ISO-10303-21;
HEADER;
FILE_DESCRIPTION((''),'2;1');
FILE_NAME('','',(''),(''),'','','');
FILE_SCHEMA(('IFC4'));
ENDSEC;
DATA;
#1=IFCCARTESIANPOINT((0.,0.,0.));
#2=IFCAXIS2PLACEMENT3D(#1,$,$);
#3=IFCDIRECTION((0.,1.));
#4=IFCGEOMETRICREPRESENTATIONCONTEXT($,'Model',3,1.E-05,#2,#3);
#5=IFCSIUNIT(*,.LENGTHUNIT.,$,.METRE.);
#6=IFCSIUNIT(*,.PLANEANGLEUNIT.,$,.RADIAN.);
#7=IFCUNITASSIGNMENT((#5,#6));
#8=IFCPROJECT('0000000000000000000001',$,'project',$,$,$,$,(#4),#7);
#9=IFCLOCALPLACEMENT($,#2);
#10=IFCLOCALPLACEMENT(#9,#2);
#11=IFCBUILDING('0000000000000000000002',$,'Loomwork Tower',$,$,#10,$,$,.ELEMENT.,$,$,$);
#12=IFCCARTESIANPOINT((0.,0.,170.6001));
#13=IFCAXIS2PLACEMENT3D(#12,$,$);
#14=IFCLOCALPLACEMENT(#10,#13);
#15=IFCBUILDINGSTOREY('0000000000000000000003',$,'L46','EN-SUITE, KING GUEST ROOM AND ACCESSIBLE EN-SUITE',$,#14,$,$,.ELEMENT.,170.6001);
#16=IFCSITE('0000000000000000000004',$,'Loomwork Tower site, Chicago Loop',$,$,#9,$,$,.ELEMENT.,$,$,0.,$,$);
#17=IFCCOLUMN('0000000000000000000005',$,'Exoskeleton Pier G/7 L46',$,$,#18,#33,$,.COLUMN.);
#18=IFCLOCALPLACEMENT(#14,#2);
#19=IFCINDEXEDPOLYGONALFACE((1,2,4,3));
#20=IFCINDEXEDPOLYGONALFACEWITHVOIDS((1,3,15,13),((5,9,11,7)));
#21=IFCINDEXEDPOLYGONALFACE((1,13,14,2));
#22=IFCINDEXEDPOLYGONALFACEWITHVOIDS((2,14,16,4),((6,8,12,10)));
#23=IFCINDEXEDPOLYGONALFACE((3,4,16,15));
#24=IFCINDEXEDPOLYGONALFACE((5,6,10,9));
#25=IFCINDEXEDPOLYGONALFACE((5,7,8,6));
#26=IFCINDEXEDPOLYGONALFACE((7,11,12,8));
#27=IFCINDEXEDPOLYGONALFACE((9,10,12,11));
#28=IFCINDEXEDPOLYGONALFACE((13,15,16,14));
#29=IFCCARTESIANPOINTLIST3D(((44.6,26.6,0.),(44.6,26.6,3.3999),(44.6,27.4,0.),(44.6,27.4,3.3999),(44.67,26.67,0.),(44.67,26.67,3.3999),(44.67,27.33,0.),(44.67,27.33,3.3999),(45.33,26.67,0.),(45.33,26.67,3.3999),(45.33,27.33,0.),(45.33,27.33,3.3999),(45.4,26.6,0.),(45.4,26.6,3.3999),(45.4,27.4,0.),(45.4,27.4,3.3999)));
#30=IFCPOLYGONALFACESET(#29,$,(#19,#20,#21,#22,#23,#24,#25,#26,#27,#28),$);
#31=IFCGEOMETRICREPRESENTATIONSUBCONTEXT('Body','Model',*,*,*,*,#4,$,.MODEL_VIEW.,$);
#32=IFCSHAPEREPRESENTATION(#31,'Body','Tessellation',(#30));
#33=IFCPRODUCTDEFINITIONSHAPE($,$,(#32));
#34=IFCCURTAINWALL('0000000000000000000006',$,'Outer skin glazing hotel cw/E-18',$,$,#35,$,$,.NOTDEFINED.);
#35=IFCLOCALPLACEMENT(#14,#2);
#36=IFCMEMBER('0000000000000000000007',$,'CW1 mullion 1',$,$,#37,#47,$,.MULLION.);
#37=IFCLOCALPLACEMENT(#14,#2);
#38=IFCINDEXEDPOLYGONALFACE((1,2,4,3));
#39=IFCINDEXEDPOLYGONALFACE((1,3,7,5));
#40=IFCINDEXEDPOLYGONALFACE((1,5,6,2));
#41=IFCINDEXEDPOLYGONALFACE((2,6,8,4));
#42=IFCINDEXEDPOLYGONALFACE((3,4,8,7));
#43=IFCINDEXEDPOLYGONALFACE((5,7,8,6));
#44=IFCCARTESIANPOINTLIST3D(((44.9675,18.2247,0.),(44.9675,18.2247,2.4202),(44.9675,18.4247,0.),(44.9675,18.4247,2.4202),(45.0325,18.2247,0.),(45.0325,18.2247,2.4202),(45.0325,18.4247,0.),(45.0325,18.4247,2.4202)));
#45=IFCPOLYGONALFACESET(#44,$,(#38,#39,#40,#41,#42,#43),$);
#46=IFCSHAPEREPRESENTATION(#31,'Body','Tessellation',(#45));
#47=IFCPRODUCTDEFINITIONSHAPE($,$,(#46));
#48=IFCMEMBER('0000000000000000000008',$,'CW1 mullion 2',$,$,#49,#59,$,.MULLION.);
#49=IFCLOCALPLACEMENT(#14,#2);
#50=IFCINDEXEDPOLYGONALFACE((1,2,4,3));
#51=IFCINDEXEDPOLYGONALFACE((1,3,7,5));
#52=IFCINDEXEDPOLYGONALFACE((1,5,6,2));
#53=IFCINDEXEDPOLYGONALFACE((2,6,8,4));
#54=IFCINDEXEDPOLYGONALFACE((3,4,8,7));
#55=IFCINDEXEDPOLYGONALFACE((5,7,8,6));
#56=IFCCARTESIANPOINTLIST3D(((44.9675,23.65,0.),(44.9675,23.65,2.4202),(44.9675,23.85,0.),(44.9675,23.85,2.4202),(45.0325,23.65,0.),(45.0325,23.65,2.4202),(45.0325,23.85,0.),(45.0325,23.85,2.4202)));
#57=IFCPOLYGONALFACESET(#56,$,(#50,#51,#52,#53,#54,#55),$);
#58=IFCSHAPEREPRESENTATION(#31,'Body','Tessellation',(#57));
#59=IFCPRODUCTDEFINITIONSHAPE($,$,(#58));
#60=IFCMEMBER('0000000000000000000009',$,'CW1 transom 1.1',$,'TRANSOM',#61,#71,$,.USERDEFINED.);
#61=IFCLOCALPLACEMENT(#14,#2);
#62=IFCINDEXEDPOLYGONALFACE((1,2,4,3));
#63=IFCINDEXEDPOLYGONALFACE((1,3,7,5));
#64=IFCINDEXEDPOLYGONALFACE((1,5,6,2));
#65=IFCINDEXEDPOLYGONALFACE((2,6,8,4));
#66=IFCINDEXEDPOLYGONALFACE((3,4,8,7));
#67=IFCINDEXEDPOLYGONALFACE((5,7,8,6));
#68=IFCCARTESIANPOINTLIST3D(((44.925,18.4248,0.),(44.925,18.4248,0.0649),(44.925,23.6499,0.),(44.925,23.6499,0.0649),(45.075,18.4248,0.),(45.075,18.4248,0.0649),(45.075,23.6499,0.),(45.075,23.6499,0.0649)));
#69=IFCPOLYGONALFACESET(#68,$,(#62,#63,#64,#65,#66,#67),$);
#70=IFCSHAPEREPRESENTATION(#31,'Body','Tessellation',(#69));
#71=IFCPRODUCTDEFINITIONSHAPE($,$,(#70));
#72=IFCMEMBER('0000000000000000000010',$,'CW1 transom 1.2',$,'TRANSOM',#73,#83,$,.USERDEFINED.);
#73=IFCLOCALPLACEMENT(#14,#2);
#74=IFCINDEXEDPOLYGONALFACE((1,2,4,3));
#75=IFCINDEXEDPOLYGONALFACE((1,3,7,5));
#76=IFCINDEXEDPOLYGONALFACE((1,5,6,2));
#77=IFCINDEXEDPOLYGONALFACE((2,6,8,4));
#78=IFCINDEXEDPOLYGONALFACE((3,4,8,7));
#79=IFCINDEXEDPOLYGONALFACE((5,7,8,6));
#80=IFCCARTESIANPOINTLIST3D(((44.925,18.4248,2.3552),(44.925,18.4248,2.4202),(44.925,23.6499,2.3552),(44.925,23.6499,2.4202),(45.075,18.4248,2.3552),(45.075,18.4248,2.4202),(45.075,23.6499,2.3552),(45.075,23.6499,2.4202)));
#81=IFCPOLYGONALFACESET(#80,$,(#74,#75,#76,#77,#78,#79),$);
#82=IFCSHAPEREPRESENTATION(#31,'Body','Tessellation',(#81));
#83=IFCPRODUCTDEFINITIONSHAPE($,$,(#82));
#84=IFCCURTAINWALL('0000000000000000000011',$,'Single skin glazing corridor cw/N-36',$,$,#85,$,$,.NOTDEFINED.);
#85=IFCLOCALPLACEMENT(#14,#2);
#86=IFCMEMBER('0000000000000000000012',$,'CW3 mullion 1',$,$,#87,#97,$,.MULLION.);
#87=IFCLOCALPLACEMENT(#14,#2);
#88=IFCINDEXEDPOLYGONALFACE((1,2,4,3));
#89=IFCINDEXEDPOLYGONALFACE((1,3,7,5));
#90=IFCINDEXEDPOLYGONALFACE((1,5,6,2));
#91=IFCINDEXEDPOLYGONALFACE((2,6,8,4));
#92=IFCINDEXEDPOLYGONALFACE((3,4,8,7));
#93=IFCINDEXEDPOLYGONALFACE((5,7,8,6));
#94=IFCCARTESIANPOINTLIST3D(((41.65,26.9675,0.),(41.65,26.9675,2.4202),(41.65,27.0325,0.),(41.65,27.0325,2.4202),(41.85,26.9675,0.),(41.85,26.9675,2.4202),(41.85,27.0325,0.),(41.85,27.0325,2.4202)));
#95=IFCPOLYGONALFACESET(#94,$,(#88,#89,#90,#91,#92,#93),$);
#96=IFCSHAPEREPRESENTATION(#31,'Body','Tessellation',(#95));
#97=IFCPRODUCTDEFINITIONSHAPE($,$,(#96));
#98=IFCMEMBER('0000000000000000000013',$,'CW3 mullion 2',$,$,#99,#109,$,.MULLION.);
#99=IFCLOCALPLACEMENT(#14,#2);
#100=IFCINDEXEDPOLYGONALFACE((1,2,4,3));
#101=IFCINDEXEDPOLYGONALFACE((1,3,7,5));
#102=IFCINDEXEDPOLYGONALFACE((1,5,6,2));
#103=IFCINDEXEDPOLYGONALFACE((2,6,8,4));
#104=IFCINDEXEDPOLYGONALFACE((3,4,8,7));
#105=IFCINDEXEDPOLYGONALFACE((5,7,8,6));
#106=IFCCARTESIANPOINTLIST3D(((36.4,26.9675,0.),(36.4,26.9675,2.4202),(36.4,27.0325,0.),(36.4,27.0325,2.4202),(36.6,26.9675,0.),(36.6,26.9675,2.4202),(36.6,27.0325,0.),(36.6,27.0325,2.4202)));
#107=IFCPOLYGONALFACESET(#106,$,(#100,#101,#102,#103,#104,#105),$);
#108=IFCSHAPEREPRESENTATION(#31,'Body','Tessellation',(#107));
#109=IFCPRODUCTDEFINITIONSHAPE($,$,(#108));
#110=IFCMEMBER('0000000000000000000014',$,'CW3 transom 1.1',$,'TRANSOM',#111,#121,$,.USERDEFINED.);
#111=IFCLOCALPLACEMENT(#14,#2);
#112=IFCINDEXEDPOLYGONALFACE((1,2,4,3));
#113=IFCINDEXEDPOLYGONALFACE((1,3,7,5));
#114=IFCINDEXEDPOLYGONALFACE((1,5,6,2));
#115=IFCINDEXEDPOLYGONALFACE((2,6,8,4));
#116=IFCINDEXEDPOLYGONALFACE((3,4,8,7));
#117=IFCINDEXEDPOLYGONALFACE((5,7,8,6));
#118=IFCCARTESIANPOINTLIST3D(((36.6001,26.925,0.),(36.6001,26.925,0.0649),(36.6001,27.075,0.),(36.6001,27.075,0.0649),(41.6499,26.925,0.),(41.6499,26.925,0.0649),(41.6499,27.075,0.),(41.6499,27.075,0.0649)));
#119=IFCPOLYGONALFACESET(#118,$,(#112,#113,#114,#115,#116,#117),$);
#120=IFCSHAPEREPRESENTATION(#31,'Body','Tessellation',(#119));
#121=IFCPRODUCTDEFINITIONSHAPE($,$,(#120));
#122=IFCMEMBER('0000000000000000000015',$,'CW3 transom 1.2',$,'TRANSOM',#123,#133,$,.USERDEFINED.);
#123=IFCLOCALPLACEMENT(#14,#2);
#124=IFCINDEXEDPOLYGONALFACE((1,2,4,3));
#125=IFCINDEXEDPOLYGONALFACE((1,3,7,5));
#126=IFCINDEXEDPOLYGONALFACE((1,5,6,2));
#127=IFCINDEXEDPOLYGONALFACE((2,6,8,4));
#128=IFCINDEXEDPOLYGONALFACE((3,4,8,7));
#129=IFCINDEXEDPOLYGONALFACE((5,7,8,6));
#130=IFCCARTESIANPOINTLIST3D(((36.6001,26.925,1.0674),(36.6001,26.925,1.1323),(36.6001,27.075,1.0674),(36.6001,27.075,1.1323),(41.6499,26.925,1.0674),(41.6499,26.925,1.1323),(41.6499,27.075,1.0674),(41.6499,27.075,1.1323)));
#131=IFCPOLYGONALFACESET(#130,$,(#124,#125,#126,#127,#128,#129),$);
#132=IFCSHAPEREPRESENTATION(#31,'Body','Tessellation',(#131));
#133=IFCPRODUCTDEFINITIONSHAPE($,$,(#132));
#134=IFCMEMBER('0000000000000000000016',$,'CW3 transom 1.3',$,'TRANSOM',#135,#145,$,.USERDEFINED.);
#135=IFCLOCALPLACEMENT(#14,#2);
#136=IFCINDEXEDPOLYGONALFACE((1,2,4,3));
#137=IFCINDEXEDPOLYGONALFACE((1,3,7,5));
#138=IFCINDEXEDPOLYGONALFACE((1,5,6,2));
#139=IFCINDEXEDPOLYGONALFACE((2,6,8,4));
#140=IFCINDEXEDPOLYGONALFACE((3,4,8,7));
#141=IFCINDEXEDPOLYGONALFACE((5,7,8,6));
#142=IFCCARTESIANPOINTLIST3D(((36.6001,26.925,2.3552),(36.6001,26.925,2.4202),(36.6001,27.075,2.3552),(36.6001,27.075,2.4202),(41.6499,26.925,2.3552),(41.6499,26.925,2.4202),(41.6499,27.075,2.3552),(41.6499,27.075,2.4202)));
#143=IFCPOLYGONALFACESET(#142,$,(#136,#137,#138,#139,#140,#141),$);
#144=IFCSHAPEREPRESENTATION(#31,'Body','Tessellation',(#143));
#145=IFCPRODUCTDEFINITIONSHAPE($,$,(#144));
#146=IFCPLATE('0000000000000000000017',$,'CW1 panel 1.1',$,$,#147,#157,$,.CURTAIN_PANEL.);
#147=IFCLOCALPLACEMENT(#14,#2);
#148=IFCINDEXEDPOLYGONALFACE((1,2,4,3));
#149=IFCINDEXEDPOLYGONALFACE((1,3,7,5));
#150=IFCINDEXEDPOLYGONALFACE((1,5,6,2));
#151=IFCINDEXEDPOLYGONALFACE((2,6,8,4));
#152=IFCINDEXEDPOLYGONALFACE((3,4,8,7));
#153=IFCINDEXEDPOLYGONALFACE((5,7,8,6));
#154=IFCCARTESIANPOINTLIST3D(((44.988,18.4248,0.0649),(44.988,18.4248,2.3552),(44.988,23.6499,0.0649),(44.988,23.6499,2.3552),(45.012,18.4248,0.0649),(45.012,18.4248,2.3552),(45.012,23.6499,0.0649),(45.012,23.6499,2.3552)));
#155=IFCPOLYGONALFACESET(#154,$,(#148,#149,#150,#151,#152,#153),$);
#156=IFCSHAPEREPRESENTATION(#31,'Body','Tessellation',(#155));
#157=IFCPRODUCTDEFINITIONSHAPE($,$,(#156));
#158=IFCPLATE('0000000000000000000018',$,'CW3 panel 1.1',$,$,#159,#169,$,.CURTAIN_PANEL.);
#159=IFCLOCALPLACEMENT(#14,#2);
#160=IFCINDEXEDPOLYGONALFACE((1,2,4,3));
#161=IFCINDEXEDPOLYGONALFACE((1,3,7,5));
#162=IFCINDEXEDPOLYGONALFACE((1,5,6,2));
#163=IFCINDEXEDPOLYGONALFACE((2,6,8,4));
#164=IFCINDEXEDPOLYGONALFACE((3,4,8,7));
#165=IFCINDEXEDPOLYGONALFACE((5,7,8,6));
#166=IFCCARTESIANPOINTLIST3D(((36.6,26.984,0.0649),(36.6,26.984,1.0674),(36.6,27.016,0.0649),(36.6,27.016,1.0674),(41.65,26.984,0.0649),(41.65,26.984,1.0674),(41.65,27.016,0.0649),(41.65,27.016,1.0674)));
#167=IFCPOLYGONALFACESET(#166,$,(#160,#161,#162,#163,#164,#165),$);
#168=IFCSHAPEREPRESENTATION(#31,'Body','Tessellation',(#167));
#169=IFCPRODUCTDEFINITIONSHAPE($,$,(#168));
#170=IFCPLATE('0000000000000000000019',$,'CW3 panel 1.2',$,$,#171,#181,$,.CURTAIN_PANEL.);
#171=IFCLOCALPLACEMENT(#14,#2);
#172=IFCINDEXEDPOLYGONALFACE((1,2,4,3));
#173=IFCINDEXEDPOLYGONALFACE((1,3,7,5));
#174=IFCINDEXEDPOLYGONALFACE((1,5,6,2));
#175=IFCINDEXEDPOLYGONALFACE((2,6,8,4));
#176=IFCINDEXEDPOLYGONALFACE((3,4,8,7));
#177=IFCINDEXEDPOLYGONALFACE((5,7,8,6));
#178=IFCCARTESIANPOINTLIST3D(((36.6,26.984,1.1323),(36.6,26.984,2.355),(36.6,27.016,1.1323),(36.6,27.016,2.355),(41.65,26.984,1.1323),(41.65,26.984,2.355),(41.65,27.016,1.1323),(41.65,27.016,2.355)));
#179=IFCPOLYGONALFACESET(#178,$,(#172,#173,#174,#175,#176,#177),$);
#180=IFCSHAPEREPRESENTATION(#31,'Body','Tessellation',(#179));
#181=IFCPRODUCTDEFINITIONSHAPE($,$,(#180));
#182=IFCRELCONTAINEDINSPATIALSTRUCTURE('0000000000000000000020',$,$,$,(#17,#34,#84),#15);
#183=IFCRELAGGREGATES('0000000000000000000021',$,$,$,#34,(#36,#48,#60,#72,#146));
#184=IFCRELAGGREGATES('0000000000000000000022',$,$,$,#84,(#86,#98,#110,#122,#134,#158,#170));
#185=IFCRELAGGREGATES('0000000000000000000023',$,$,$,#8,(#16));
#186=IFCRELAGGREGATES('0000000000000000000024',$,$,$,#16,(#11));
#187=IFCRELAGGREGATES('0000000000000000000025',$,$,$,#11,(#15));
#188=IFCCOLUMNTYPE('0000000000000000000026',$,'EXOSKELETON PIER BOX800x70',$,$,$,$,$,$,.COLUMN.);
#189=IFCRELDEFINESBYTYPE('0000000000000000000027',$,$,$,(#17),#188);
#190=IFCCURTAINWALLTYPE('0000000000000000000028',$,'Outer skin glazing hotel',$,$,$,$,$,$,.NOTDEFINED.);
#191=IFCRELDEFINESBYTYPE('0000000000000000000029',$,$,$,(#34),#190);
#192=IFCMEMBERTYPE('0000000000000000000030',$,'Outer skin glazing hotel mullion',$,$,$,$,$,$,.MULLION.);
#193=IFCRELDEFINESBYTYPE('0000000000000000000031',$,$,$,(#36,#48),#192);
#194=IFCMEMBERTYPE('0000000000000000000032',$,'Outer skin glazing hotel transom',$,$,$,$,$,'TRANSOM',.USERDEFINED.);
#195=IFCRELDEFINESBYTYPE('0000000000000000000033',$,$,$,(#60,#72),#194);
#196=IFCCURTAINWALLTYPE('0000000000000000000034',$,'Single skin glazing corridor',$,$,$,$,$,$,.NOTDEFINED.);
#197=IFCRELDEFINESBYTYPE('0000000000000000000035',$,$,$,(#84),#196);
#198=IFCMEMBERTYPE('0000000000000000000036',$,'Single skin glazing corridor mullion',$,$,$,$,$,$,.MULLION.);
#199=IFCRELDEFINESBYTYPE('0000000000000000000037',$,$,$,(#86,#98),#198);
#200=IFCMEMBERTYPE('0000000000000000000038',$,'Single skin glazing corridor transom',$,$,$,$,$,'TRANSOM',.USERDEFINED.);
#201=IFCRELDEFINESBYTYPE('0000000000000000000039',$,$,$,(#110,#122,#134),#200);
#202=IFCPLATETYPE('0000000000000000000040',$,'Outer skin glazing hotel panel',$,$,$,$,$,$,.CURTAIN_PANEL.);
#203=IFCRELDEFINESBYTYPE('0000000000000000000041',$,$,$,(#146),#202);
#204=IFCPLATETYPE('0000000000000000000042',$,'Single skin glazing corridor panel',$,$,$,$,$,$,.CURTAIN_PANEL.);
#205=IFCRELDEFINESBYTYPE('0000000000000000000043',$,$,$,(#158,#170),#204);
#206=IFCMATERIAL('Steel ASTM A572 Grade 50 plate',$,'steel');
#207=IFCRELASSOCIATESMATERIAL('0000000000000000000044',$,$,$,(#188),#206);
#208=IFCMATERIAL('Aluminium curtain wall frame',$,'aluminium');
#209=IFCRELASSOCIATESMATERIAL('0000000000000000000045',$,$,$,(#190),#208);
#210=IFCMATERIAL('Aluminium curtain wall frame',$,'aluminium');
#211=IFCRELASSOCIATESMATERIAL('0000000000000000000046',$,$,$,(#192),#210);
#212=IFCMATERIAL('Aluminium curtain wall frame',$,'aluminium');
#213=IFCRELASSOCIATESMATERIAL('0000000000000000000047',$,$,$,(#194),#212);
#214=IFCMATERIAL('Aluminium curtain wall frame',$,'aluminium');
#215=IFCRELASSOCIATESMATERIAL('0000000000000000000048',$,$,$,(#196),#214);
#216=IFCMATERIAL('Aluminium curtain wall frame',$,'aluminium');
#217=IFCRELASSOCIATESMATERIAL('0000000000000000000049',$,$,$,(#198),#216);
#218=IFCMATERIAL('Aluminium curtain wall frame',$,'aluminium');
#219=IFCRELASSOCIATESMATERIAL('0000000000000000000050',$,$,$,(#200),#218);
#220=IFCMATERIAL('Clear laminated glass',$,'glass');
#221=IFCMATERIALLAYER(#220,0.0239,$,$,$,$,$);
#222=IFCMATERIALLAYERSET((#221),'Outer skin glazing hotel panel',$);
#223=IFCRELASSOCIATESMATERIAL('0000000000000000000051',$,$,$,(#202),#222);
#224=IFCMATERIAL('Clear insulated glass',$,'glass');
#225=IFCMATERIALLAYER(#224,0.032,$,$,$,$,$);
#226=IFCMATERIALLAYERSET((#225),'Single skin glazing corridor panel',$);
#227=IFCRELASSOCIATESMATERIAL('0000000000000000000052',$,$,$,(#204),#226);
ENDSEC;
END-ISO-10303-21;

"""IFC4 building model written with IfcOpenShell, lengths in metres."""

from ifc_helpers import new_model, si_unit, direction, frame, origin, origin_2d, place, context, subcontext, project, spatial, rectangle, hollow_rectangle, extrude, material, layer, layer_set, material_profile, profile_set, type_object, element, aggregate, save


model = new_model("IFC4")

# Units and contexts
model_context = context("Model", 3, precision=1e-05, world=origin(), true_north=direction((0.0, 1.0)))
body_context = subcontext(model_context, "Body", "Model", "MODEL_VIEW")
ifc_project = project(units=[si_unit("LENGTHUNIT", "METRE"), si_unit("PLANEANGLEUNIT", "RADIAN")], contexts=[model_context])

# Site, building, storey
site_placement = place(None, origin())
site = spatial("IfcSite", under=ifc_project, at=site_placement, Name="Loomwork Tower site, Chicago Loop", CompositionType="ELEMENT", RefElevation=0.0)
building_placement = place(site_placement, origin())
building = spatial("IfcBuilding", under=site, at=building_placement, Name="Loomwork Tower", CompositionType="ELEMENT")
storey_placement = place(building_placement, frame((0.0, 0.0, 170.6001)))
storey = spatial("IfcBuildingStorey", under=building, at=storey_placement, Name="L46", Description="EN-SUITE, KING GUEST ROOM AND ACCESSIBLE EN-SUITE", CompositionType="ELEMENT", Elevation=170.6001)

# Column
ifc_material_1 = material(Name="Steel ASTM A572 Grade 50 plate", Category="steel")
ifc_material_profile_1 = material_profile(ifc_material_1, hollow_rectangle(XDim=0.8, YDim=0.8, WallThickness=0.0701, at=origin_2d()), Name="BOX800x70")
ifc_profile_set_1 = profile_set([ifc_material_profile_1], Name="Steel ASTM A572 Grade 50 plate")
column_type = type_object("IfcColumnType", Name="EXOSKELETON PIER BOX800x70", PredefinedType="COLUMN", material=ifc_profile_set_1)
column_placement = place(storey_placement, frame((45.0, 27.0, 0.0), z_axis=(0.0, 0.0, 1.0), x_axis=(0.0, 1.0, 0.0)))
element("IfcColumn", 1, at=column_placement, inside=storey, type_object=column_type, Name="Exoskeleton Pier G/7 L46", PredefinedType="COLUMN", context=body_context, shape_type="SweptSolid", body=[
    extrude(hollow_rectangle(XDim=0.8, YDim=0.8, WallThickness=0.0701, at=origin_2d()), origin(), (0.0, 0.0, 1.0), 3.3999),
])

# Curtain walls, members
ifc_material_2 = material(Name="Aluminium curtain wall frame", Category="aluminium")
curtain_wall_type_1 = type_object("IfcCurtainWallType", Name="Outer skin glazing hotel", PredefinedType="NOTDEFINED", material=ifc_material_2)
curtain_wall_1_placement = place(storey_placement, origin())
curtain_wall_1 = element("IfcCurtainWall", 2, at=curtain_wall_1_placement, inside=storey, type_object=curtain_wall_type_1, Name="Outer skin glazing hotel cw/E-18", PredefinedType="NOTDEFINED")
ifc_material_3 = material(Name="Aluminium curtain wall frame", Category="aluminium")
ifc_material_profile_2 = material_profile(ifc_material_3, rectangle(XDim=0.0649, YDim=0.2, at=origin_2d()), Name="AL 65x200")
ifc_profile_set_2 = profile_set([ifc_material_profile_2], Name="Aluminium curtain wall frame")
member_type_1 = type_object("IfcMemberType", Name="Outer skin glazing hotel mullion", PredefinedType="MULLION", material=ifc_profile_set_2)
member_1_placement = place(storey_placement, frame((45.0, 18.3247, 0.0), z_axis=(0.0, 0.0, 1.0), x_axis=(-1.0, 0.0, 0.0)))
member_1 = element("IfcMember", 3, at=member_1_placement, type_object=member_type_1, Name="CW1 mullion 1", PredefinedType="MULLION", context=body_context, shape_type="SweptSolid", body=[
    extrude(rectangle(XDim=0.0649, YDim=0.2, at=origin_2d()), origin(), (0.0, 0.0, 1.0), 2.4202),
])
member_2_placement = place(storey_placement, frame((45.0, 23.75, 0.0), z_axis=(0.0, 0.0, 1.0), x_axis=(-1.0, 0.0, 0.0)))
member_2 = element("IfcMember", 4, at=member_2_placement, type_object=member_type_1, Name="CW1 mullion 2", PredefinedType="MULLION", context=body_context, shape_type="SweptSolid", body=[
    extrude(rectangle(XDim=0.0649, YDim=0.2, at=origin_2d()), origin(), (0.0, 0.0, 1.0), 2.4202),
])
ifc_material_4 = material(Name="Aluminium curtain wall frame", Category="aluminium")
ifc_material_profile_3 = material_profile(ifc_material_4, rectangle(XDim=0.1499, YDim=0.0649, at=origin_2d()), Name="AL 65x150")
ifc_profile_set_3 = profile_set([ifc_material_profile_3], Name="Aluminium curtain wall frame")
member_type_2 = type_object("IfcMemberType", Name="Outer skin glazing hotel transom", ElementType="TRANSOM", PredefinedType="USERDEFINED", material=ifc_profile_set_3)
member_3_placement = place(storey_placement, frame((45.0, 18.4248, 0.0325), z_axis=(0.0, 1.0, 0.0), x_axis=(-1.0, 0.0, 0.0)))
member_3 = element("IfcMember", 5, at=member_3_placement, type_object=member_type_2, Name="CW1 transom 1.1", ObjectType="TRANSOM", PredefinedType="USERDEFINED", context=body_context, shape_type="SweptSolid", body=[
    extrude(rectangle(XDim=0.1499, YDim=0.0649, at=origin_2d()), origin(), (0.0, 0.0, 1.0), 5.2251),
])
member_4_placement = place(storey_placement, frame((45.0, 18.4248, 2.3877), z_axis=(0.0, 1.0, 0.0), x_axis=(-1.0, 0.0, 0.0)))
member_4 = element("IfcMember", 6, at=member_4_placement, type_object=member_type_2, Name="CW1 transom 1.2", ObjectType="TRANSOM", PredefinedType="USERDEFINED", context=body_context, shape_type="SweptSolid", body=[
    extrude(rectangle(XDim=0.1499, YDim=0.0649, at=origin_2d()), origin(), (0.0, 0.0, 1.0), 5.2251),
])
ifc_material_5 = material(Name="Aluminium curtain wall frame", Category="aluminium")
curtain_wall_type_2 = type_object("IfcCurtainWallType", Name="Single skin glazing corridor", PredefinedType="NOTDEFINED", material=ifc_material_5)
curtain_wall_2_placement = place(storey_placement, origin())
curtain_wall_2 = element("IfcCurtainWall", 7, at=curtain_wall_2_placement, inside=storey, type_object=curtain_wall_type_2, Name="Single skin glazing corridor cw/N-36", PredefinedType="NOTDEFINED")
ifc_material_6 = material(Name="Aluminium curtain wall frame", Category="aluminium")
ifc_material_profile_4 = material_profile(ifc_material_6, rectangle(XDim=0.0649, YDim=0.2, at=origin_2d()), Name="AL 65x200")
ifc_profile_set_4 = profile_set([ifc_material_profile_4], Name="Aluminium curtain wall frame")
member_type_3 = type_object("IfcMemberType", Name="Single skin glazing corridor mullion", PredefinedType="MULLION", material=ifc_profile_set_4)
member_5_placement = place(storey_placement, frame((41.75, 27.0, 0.0), z_axis=(0.0, 0.0, 1.0), x_axis=(0.0, -1.0, 0.0)))
member_5 = element("IfcMember", 8, at=member_5_placement, type_object=member_type_3, Name="CW3 mullion 1", PredefinedType="MULLION", context=body_context, shape_type="SweptSolid", body=[
    extrude(rectangle(XDim=0.0649, YDim=0.2, at=origin_2d()), origin(), (0.0, 0.0, 1.0), 2.4202),
])
member_6_placement = place(storey_placement, frame((36.5, 27.0, 0.0), z_axis=(0.0, 0.0, 1.0), x_axis=(0.0, -1.0, 0.0)))
member_6 = element("IfcMember", 9, at=member_6_placement, type_object=member_type_3, Name="CW3 mullion 2", PredefinedType="MULLION", context=body_context, shape_type="SweptSolid", body=[
    extrude(rectangle(XDim=0.0649, YDim=0.2, at=origin_2d()), origin(), (0.0, 0.0, 1.0), 2.4202),
])
ifc_material_7 = material(Name="Aluminium curtain wall frame", Category="aluminium")
ifc_material_profile_5 = material_profile(ifc_material_7, rectangle(XDim=0.1499, YDim=0.0649, at=origin_2d()), Name="AL 65x150")
ifc_profile_set_5 = profile_set([ifc_material_profile_5], Name="Aluminium curtain wall frame")
member_type_4 = type_object("IfcMemberType", Name="Single skin glazing corridor transom", ElementType="TRANSOM", PredefinedType="USERDEFINED", material=ifc_profile_set_5)
member_7_placement = place(storey_placement, frame((41.6499, 27.0, 0.0325), z_axis=(-1.0, 0.0, 0.0), x_axis=(0.0, -1.0, 0.0)))
member_7 = element("IfcMember", 10, at=member_7_placement, type_object=member_type_4, Name="CW3 transom 1.1", ObjectType="TRANSOM", PredefinedType="USERDEFINED", context=body_context, shape_type="SweptSolid", body=[
    extrude(rectangle(XDim=0.1499, YDim=0.0649, at=origin_2d()), origin(), (0.0, 0.0, 1.0), 5.0498),
])
member_8_placement = place(storey_placement, frame((41.6499, 27.0, 1.0999), z_axis=(-1.0, 0.0, 0.0), x_axis=(0.0, -1.0, 0.0)))
member_8 = element("IfcMember", 11, at=member_8_placement, type_object=member_type_4, Name="CW3 transom 1.2", ObjectType="TRANSOM", PredefinedType="USERDEFINED", context=body_context, shape_type="SweptSolid", body=[
    extrude(rectangle(XDim=0.1499, YDim=0.0649, at=origin_2d()), origin(), (0.0, 0.0, 1.0), 5.0498),
])
member_9_placement = place(storey_placement, frame((41.6499, 27.0, 2.3877), z_axis=(-1.0, 0.0, 0.0), x_axis=(0.0, -1.0, 0.0)))
member_9 = element("IfcMember", 12, at=member_9_placement, type_object=member_type_4, Name="CW3 transom 1.3", ObjectType="TRANSOM", PredefinedType="USERDEFINED", context=body_context, shape_type="SweptSolid", body=[
    extrude(rectangle(XDim=0.1499, YDim=0.0649, at=origin_2d()), origin(), (0.0, 0.0, 1.0), 5.0498),
])

# Plates
ifc_material_8 = material(Name="Clear laminated glass", Category="glass")
ifc_layer_1 = layer(ifc_material_8, 0.0239)
ifc_layer_set_1 = layer_set([ifc_layer_1], Name="Outer skin glazing hotel panel")
plate_type_1 = type_object("IfcPlateType", Name="Outer skin glazing hotel panel", PredefinedType="CURTAIN_PANEL", material=ifc_layer_set_1)
plate_1_placement = place(storey_placement, frame((45.0, 21.0374, 0.0649), z_axis=(0.0, 0.0, 1.0), x_axis=(0.0, 1.0, 0.0)))
plate_1 = element("IfcPlate", 13, at=plate_1_placement, type_object=plate_type_1, Name="CW1 panel 1.1", PredefinedType="CURTAIN_PANEL", context=body_context, shape_type="SweptSolid", body=[
    extrude(rectangle(XDim=5.2251, YDim=0.0239, at=origin_2d()), origin(), (0.0, 0.0, 1.0), 2.2903),
])
aggregate(curtain_wall_1, [member_1, member_2, member_3, member_4, plate_1])
ifc_material_9 = material(Name="Clear insulated glass", Category="glass")
ifc_layer_2 = layer(ifc_material_9, 0.032)
ifc_layer_set_2 = layer_set([ifc_layer_2], Name="Single skin glazing corridor panel")
plate_type_2 = type_object("IfcPlateType", Name="Single skin glazing corridor panel", PredefinedType="CURTAIN_PANEL", material=ifc_layer_set_2)
plate_2_placement = place(storey_placement, frame((39.125, 27.0, 0.0649), z_axis=(0.0, 0.0, 1.0), x_axis=(-1.0, 0.0, 0.0)))
plate_2 = element("IfcPlate", 14, at=plate_2_placement, type_object=plate_type_2, Name="CW3 panel 1.1", PredefinedType="CURTAIN_PANEL", context=body_context, shape_type="SweptSolid", body=[
    extrude(rectangle(XDim=5.05, YDim=0.032, at=origin_2d()), origin(), (0.0, 0.0, 1.0), 1.0024),
])
plate_3_placement = place(storey_placement, frame((39.125, 27.0, 1.1323), z_axis=(0.0, 0.0, 1.0), x_axis=(-1.0, 0.0, 0.0)))
plate_3 = element("IfcPlate", 15, at=plate_3_placement, type_object=plate_type_2, Name="CW3 panel 1.2", PredefinedType="CURTAIN_PANEL", context=body_context, shape_type="SweptSolid", body=[
    extrude(rectangle(XDim=5.05, YDim=0.032, at=origin_2d()), origin(), (0.0, 0.0, 1.0), 1.2227),
])
aggregate(curtain_wall_2, [member_5, member_6, member_7, member_8, member_9, plate_2, plate_3])

save(model, "model.ifc")
